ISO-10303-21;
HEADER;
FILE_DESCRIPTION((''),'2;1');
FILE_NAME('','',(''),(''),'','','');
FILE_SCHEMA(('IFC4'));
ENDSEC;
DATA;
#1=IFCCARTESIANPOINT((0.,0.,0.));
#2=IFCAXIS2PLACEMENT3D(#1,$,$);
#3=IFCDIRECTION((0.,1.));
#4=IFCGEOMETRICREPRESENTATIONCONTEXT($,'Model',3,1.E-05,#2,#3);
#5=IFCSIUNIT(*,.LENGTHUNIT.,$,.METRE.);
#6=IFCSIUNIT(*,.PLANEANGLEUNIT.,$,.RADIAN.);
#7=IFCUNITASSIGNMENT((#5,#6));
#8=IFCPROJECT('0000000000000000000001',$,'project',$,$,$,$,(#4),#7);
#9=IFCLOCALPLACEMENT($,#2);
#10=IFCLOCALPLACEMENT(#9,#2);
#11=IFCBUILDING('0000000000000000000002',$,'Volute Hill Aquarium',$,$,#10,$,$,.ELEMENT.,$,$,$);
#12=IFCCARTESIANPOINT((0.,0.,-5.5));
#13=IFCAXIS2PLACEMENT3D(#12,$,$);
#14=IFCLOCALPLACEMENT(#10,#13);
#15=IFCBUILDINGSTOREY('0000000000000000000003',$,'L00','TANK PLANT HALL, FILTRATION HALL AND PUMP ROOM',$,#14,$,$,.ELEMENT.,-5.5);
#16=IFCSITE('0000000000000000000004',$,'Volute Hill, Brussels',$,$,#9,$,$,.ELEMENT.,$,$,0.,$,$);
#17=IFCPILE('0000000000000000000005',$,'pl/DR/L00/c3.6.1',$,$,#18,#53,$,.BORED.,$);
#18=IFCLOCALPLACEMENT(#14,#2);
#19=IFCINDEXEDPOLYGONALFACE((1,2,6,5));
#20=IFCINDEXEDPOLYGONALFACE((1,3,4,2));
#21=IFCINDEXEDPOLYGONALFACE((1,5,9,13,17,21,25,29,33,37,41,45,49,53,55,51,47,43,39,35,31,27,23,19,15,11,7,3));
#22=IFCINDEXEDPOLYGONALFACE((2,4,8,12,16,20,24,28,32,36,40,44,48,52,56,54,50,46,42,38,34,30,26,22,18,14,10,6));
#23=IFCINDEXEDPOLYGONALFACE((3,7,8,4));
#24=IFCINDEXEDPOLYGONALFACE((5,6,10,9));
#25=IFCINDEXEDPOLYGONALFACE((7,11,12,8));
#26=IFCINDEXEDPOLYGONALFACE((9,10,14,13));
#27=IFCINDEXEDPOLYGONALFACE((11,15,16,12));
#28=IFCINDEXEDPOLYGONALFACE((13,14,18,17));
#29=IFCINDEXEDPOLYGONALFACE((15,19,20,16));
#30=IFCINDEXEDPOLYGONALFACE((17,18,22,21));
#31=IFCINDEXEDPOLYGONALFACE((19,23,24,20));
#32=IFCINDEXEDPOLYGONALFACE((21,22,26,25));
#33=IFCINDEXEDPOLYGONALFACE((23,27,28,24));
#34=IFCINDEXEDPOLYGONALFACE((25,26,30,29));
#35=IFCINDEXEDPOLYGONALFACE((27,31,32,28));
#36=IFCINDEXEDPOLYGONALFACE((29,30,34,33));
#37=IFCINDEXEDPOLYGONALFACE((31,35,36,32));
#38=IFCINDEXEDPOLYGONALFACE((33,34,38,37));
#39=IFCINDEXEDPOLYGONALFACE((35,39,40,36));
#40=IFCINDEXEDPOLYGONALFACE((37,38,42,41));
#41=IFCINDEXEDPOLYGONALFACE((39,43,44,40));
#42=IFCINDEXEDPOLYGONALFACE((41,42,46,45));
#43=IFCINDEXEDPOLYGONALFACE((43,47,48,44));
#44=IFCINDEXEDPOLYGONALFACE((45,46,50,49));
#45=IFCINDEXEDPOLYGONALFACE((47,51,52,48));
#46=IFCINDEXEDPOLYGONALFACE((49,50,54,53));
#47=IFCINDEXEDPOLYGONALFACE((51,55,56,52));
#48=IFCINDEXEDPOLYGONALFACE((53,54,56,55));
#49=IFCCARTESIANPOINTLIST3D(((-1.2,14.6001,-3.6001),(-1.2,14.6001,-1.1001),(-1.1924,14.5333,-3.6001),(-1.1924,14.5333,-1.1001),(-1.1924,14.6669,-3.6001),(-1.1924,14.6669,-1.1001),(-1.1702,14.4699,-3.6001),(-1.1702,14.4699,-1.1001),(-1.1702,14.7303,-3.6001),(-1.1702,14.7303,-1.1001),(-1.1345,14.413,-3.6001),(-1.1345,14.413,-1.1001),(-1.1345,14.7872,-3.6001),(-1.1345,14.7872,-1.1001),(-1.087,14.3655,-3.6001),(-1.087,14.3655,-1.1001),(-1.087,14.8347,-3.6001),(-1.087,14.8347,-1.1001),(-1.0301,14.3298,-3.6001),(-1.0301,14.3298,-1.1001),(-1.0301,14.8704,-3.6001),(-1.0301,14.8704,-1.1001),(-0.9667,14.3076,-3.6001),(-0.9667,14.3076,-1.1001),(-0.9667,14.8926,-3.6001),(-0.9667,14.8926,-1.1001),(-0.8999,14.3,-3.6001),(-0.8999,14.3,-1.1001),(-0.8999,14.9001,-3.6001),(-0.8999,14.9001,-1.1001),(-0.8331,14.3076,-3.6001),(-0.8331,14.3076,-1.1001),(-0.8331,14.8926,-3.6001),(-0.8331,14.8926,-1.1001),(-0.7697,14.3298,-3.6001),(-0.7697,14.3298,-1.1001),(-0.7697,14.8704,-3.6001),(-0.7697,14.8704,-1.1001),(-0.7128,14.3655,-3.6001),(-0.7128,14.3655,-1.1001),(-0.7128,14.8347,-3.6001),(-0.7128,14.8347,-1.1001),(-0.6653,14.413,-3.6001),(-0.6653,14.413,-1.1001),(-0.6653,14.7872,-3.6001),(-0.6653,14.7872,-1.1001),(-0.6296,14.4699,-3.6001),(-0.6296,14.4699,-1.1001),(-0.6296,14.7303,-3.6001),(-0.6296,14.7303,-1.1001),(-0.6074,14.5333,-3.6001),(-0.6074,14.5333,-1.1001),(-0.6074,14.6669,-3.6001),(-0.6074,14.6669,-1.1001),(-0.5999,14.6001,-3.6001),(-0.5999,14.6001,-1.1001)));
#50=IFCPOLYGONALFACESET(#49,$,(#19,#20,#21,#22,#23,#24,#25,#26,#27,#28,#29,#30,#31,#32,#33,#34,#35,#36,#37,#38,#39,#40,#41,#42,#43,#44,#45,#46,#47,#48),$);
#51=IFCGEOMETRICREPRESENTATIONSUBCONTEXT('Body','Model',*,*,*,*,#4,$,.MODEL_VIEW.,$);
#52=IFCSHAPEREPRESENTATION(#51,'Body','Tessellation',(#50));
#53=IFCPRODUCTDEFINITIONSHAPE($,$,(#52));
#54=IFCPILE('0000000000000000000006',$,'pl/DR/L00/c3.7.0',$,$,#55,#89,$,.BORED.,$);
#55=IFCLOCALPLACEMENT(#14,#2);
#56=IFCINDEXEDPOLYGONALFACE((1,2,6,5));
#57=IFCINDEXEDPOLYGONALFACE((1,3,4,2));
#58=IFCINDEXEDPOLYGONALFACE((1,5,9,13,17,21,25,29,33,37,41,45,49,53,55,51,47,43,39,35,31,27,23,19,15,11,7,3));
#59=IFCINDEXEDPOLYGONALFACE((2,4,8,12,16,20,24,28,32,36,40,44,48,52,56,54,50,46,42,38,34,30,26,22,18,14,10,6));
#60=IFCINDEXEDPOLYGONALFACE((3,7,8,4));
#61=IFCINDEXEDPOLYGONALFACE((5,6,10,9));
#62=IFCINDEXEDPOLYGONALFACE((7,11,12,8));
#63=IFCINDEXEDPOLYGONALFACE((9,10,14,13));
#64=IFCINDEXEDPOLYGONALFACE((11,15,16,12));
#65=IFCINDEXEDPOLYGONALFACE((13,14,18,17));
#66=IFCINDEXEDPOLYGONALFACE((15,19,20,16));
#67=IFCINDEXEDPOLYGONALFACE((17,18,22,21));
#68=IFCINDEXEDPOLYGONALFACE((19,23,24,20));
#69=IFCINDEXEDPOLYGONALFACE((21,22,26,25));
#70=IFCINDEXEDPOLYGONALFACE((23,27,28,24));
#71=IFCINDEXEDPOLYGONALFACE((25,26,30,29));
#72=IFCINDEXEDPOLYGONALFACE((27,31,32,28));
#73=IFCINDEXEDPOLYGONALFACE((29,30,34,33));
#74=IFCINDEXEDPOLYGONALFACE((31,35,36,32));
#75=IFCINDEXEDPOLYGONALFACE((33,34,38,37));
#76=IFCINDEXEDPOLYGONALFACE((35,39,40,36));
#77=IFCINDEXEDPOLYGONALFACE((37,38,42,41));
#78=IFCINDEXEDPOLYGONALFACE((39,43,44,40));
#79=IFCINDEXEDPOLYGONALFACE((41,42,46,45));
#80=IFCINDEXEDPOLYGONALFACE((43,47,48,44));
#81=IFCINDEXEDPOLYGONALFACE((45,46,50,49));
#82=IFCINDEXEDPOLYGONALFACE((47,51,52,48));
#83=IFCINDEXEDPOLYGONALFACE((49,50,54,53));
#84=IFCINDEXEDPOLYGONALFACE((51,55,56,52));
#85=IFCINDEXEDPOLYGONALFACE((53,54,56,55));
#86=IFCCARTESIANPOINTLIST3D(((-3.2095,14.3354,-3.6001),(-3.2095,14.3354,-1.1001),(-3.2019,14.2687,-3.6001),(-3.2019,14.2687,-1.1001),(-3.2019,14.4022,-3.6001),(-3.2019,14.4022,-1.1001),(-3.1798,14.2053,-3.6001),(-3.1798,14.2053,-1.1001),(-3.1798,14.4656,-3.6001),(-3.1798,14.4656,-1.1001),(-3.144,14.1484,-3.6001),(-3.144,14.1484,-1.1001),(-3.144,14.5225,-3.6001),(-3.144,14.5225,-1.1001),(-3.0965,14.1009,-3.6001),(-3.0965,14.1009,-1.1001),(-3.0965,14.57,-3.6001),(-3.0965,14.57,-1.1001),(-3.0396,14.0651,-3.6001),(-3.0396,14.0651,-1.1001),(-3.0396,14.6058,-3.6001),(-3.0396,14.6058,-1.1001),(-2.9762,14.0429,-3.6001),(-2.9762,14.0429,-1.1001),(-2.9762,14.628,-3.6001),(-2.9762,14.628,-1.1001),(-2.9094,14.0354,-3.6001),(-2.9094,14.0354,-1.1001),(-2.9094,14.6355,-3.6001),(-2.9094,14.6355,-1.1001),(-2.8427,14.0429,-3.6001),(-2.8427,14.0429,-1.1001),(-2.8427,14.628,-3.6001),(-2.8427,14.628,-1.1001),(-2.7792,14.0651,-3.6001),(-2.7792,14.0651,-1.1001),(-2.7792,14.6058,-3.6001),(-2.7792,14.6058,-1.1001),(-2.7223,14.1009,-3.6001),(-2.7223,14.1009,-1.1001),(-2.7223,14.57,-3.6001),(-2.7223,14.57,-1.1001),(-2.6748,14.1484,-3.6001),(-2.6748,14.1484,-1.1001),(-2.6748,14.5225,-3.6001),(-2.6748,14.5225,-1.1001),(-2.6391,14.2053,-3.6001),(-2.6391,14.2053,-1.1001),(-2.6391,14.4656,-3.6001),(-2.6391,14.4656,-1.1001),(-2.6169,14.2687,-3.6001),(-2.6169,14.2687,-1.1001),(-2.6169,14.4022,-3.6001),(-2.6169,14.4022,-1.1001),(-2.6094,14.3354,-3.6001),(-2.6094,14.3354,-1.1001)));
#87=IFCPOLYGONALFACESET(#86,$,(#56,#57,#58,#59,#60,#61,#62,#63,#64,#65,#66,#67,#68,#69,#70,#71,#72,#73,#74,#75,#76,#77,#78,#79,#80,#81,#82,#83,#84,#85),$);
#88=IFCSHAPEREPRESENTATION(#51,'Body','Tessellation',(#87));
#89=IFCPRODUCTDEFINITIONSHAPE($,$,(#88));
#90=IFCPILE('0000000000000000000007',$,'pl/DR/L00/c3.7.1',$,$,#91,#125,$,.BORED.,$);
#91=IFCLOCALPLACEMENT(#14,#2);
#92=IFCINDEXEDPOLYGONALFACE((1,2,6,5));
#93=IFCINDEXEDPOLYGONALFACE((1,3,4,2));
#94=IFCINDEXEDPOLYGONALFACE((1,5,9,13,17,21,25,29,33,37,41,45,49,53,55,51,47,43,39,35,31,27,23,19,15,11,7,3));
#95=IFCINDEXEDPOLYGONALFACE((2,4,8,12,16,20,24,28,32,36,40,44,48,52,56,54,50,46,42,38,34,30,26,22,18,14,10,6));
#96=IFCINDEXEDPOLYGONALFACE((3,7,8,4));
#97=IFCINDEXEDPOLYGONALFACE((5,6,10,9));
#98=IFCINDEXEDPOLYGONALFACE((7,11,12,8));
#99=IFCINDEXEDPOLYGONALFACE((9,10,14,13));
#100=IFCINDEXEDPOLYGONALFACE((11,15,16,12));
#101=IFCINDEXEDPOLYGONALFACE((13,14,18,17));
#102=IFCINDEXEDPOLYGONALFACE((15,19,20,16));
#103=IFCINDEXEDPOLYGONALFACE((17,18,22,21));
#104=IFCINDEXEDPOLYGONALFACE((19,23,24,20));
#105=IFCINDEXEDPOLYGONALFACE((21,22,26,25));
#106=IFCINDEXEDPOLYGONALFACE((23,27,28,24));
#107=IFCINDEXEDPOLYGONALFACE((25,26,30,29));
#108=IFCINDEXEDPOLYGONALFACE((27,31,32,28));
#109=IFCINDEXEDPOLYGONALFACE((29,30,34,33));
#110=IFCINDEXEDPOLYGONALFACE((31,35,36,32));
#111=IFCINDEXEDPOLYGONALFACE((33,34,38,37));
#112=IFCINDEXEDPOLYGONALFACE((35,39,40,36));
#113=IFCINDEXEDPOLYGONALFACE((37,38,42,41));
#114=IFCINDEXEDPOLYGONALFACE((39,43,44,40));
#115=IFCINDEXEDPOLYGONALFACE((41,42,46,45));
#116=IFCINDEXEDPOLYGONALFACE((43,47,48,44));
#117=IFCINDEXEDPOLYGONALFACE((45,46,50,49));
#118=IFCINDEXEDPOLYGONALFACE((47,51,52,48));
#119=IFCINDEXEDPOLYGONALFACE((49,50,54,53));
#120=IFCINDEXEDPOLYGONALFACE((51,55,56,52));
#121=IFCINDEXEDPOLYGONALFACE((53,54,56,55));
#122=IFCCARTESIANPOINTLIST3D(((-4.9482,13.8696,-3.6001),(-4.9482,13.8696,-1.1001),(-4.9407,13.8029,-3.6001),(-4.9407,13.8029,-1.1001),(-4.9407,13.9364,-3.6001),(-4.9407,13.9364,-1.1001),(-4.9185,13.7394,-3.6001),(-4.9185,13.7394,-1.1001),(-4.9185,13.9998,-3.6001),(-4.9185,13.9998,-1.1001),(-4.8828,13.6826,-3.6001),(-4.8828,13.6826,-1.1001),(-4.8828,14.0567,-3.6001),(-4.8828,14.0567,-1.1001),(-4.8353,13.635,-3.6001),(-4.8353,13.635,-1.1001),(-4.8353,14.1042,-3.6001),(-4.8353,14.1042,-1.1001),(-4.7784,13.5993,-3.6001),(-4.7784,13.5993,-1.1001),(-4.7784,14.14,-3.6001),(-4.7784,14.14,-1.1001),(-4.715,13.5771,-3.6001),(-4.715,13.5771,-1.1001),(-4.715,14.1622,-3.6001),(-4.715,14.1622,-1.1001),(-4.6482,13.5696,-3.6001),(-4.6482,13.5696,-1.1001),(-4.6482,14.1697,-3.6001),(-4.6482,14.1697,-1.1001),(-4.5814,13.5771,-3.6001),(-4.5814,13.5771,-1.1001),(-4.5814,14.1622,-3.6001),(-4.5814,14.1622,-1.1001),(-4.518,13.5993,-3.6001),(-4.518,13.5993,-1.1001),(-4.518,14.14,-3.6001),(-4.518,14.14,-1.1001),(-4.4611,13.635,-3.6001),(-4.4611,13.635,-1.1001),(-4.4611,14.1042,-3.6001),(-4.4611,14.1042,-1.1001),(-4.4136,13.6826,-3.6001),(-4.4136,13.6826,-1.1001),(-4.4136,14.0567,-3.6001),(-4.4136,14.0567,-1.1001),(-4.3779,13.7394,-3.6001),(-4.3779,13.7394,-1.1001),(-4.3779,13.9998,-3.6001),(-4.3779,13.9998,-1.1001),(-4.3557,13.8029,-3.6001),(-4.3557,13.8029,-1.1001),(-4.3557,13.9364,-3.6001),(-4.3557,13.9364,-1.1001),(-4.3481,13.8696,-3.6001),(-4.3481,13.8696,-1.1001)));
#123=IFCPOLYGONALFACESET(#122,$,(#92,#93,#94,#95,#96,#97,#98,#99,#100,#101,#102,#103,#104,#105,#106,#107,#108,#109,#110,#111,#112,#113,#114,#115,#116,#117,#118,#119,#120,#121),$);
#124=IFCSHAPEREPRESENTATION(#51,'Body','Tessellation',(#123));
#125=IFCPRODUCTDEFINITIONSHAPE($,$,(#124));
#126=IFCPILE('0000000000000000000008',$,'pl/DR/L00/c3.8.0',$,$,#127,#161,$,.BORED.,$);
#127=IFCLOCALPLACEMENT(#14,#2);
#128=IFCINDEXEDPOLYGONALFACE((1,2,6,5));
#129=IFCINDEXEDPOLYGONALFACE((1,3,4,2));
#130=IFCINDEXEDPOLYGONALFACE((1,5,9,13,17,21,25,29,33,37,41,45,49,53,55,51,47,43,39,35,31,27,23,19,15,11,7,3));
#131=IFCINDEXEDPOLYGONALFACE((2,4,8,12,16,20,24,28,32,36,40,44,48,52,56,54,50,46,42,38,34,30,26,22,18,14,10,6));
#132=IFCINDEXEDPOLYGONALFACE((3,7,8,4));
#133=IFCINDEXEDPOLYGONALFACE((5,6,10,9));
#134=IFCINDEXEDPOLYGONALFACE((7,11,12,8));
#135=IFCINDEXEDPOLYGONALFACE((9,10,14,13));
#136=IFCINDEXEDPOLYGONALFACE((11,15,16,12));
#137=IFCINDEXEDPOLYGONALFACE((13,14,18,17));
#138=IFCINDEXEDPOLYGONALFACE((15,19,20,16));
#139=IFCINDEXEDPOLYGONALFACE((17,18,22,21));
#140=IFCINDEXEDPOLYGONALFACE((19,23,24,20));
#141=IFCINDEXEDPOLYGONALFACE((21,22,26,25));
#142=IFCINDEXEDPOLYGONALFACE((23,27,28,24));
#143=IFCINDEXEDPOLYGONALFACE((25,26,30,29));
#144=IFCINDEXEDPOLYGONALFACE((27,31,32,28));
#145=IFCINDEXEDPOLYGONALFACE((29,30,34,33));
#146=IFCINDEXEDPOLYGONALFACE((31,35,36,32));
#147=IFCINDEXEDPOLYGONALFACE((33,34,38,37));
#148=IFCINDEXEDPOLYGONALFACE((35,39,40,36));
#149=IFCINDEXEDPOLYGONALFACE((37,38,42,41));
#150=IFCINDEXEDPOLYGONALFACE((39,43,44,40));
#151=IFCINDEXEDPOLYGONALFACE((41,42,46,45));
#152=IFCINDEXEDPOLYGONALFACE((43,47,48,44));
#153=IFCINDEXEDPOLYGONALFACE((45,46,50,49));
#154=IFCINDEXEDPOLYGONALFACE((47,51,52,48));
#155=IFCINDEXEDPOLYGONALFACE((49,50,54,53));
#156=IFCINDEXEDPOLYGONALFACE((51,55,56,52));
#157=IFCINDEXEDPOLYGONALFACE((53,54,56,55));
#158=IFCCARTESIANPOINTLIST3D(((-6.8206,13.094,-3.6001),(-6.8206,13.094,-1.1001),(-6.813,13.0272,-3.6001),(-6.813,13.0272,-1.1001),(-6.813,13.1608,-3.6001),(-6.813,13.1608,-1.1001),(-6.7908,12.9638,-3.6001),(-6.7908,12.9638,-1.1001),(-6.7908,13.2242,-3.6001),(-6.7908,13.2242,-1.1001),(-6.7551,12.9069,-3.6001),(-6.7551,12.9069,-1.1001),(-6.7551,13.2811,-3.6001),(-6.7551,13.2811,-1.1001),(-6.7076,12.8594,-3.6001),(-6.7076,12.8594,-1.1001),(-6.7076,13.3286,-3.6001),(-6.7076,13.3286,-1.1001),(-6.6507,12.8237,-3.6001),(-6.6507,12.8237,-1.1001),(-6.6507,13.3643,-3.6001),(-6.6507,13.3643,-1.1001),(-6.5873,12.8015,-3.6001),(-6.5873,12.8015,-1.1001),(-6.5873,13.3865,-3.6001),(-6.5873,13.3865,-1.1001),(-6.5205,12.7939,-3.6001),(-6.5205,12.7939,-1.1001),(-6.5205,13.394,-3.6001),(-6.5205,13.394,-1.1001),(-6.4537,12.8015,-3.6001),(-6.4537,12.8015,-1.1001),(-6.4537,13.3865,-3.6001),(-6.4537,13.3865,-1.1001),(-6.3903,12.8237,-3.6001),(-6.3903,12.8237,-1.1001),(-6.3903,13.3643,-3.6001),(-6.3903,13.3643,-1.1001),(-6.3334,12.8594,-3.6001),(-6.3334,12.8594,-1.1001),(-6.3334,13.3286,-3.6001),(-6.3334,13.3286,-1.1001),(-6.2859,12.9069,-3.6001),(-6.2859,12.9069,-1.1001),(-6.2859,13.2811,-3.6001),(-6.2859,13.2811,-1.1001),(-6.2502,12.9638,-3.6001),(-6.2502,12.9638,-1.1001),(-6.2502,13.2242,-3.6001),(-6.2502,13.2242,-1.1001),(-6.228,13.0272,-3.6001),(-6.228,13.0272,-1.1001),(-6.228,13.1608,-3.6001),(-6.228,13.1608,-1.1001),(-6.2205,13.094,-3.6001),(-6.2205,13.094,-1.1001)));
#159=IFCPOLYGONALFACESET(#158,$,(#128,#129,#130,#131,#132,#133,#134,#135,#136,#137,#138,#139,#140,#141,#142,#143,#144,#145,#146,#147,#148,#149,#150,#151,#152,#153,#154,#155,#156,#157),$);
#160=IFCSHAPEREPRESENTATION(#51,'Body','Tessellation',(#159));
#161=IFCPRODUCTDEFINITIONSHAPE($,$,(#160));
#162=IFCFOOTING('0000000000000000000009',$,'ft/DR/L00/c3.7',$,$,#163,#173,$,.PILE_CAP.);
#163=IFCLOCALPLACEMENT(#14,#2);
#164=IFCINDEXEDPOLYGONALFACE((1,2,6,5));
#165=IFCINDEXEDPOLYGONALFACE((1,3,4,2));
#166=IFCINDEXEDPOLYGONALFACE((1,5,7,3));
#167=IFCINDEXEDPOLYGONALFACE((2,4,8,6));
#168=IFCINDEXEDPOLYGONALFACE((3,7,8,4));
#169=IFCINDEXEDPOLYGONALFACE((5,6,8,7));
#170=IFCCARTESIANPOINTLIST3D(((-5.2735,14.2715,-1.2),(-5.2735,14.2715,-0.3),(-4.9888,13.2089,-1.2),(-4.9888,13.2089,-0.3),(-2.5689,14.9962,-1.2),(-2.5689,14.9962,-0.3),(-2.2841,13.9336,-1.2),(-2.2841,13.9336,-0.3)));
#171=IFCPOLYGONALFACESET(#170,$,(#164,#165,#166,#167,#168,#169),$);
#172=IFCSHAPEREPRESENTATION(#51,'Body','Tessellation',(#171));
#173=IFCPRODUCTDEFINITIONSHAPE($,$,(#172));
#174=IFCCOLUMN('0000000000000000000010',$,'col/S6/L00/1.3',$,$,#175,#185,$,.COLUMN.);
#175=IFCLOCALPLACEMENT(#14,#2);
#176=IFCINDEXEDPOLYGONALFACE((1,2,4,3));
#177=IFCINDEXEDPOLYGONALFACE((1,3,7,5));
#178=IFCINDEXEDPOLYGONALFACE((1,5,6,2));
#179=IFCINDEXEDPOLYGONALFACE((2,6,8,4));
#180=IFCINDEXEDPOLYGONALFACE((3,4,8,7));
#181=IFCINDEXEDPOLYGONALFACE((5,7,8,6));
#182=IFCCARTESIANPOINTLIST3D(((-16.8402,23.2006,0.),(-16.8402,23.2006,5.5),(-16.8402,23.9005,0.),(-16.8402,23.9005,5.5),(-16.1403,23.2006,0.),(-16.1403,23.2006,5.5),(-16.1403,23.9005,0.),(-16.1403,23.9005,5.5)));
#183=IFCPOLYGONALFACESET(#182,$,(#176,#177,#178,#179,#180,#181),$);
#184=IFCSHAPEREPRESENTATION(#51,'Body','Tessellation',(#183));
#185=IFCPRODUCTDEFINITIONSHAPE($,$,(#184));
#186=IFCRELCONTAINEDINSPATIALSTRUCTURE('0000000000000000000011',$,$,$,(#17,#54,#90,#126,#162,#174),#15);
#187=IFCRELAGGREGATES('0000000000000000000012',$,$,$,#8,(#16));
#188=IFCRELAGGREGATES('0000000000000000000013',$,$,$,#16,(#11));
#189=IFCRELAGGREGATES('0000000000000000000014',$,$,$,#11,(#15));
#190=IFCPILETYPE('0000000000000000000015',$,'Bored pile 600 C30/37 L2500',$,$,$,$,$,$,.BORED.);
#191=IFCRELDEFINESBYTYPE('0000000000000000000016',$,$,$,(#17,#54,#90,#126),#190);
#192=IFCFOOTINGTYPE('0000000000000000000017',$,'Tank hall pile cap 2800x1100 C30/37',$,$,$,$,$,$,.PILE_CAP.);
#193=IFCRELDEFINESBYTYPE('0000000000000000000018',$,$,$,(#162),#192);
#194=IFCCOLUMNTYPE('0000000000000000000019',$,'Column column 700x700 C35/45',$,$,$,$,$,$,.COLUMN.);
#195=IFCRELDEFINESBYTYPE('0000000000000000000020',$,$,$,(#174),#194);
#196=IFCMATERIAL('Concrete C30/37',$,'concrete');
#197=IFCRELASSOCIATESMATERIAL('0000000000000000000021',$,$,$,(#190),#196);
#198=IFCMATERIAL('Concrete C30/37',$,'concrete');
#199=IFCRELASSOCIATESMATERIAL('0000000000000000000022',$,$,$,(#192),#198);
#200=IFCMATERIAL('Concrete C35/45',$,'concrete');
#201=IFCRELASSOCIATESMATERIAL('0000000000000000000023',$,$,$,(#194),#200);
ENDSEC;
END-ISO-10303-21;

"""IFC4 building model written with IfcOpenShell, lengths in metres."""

from ifc_helpers import new_model, si_unit, direction, frame, origin, origin_2d, place, context, subcontext, project, spatial, rectangle, circle, extrude, material, material_profile, profile_set, type_object, element, save


model = new_model("IFC4")

# Units and contexts
model_context = context("Model", 3, precision=1e-05, world=origin(), true_north=direction((0.0, 1.0)))
body_context = subcontext(model_context, "Body", "Model", "MODEL_VIEW")
ifc_project = project(units=[si_unit("LENGTHUNIT", "METRE"), si_unit("PLANEANGLEUNIT", "RADIAN")], contexts=[model_context])

# Site, building, storey
site_placement = place(None, origin())
site = spatial("IfcSite", under=ifc_project, at=site_placement, Name="Volute Hill, Brussels", CompositionType="ELEMENT", RefElevation=0.0)
building_placement = place(site_placement, origin())
building = spatial("IfcBuilding", under=site, at=building_placement, Name="Volute Hill Aquarium", CompositionType="ELEMENT")
storey_placement = place(building_placement, frame((0.0, 0.0, -5.5)))
storey = spatial("IfcBuildingStorey", under=building, at=storey_placement, Name="L00", Description="TANK PLANT HALL, FILTRATION HALL AND PUMP ROOM", CompositionType="ELEMENT", Elevation=-5.5)

# Piles
ifc_material_1 = material(Name="Concrete C30/37", Category="concrete")
pile_type = type_object("IfcPileType", Name="Bored pile 600 C30/37 L2500", PredefinedType="BORED", material=ifc_material_1)
for number, where, z_axis, x_axis, name in (
    (1, (-0.8999, 14.6001, -1.1001), (0.0, 0.0, -1.0), (1.0, 0.0, 0.0), "pl/DR/L00/c3.6.1"),
    (2, (-2.9094, 14.3354, -1.1001), (0.0, 0.0, -1.0), (1.0, 0.0, 0.0), "pl/DR/L00/c3.7.0"),
    (3, (-4.6482, 13.8696, -1.1001), (0.0, 0.0, -1.0), (1.0, 0.0, 0.0), "pl/DR/L00/c3.7.1"),
    (4, (-6.5205, 13.094, -1.1001), (0.0, 0.0, -1.0), (1.0, 0.0, 0.0), "pl/DR/L00/c3.8.0"),
):
    element("IfcPile", number, at=place(storey_placement, frame(where, z_axis=z_axis, x_axis=x_axis)), inside=storey, type_object=pile_type, Name=name, PredefinedType="BORED", context=body_context, shape_type="SweptSolid", body=[
        extrude(circle(Radius=0.3, at=origin_2d()), origin(), (0.0, 0.0, 1.0), 2.5),
    ])

# Footing
ifc_material_2 = material(Name="Concrete C30/37", Category="concrete")
footing_type = type_object("IfcFootingType", Name="Tank hall pile cap 2800x1100 C30/37", PredefinedType="PILE_CAP", material=ifc_material_2)
footing_placement = place(storey_placement, frame((-3.7788, 14.1025, -1.2), z_axis=(0.0, 0.0, 1.0), x_axis=(-0.965926, -0.258819, 0.0)))
element("IfcFooting", 5, at=footing_placement, inside=storey, type_object=footing_type, Name="ft/DR/L00/c3.7", PredefinedType="PILE_CAP", context=body_context, shape_type="SweptSolid", body=[
    extrude(rectangle(XDim=2.8, YDim=1.1001, at=origin_2d()), origin(), (0.0, 0.0, 1.0), 0.8999),
])

# Column
ifc_material_3 = material(Name="Concrete C35/45", Category="concrete")
ifc_material_profile_1 = material_profile(ifc_material_3, rectangle(XDim=0.7, YDim=0.7, at=origin_2d()), Name="RC column 700x700")
ifc_profile_set_1 = profile_set([ifc_material_profile_1], Name="Concrete C35/45")
column_type_1 = type_object("IfcColumnType", Name="Column column 700x700 C35/45", PredefinedType="COLUMN", material=ifc_profile_set_1)
column_placement = place(storey_placement, frame((-16.4902, 23.5505, 0.0), z_axis=(0.0, 0.0, 1.0), x_axis=(1.0, 0.0, 0.0)))
element("IfcColumn", 6, at=column_placement, inside=storey, type_object=column_type_1, Name="col/S6/L00/1.3", PredefinedType="COLUMN", context=body_context, shape_type="SweptSolid", body=[
    extrude(rectangle(XDim=0.7, YDim=0.7, at=origin_2d()), origin(), (0.0, 0.0, 1.0), 5.5),
])

save(model, "model.ifc")
